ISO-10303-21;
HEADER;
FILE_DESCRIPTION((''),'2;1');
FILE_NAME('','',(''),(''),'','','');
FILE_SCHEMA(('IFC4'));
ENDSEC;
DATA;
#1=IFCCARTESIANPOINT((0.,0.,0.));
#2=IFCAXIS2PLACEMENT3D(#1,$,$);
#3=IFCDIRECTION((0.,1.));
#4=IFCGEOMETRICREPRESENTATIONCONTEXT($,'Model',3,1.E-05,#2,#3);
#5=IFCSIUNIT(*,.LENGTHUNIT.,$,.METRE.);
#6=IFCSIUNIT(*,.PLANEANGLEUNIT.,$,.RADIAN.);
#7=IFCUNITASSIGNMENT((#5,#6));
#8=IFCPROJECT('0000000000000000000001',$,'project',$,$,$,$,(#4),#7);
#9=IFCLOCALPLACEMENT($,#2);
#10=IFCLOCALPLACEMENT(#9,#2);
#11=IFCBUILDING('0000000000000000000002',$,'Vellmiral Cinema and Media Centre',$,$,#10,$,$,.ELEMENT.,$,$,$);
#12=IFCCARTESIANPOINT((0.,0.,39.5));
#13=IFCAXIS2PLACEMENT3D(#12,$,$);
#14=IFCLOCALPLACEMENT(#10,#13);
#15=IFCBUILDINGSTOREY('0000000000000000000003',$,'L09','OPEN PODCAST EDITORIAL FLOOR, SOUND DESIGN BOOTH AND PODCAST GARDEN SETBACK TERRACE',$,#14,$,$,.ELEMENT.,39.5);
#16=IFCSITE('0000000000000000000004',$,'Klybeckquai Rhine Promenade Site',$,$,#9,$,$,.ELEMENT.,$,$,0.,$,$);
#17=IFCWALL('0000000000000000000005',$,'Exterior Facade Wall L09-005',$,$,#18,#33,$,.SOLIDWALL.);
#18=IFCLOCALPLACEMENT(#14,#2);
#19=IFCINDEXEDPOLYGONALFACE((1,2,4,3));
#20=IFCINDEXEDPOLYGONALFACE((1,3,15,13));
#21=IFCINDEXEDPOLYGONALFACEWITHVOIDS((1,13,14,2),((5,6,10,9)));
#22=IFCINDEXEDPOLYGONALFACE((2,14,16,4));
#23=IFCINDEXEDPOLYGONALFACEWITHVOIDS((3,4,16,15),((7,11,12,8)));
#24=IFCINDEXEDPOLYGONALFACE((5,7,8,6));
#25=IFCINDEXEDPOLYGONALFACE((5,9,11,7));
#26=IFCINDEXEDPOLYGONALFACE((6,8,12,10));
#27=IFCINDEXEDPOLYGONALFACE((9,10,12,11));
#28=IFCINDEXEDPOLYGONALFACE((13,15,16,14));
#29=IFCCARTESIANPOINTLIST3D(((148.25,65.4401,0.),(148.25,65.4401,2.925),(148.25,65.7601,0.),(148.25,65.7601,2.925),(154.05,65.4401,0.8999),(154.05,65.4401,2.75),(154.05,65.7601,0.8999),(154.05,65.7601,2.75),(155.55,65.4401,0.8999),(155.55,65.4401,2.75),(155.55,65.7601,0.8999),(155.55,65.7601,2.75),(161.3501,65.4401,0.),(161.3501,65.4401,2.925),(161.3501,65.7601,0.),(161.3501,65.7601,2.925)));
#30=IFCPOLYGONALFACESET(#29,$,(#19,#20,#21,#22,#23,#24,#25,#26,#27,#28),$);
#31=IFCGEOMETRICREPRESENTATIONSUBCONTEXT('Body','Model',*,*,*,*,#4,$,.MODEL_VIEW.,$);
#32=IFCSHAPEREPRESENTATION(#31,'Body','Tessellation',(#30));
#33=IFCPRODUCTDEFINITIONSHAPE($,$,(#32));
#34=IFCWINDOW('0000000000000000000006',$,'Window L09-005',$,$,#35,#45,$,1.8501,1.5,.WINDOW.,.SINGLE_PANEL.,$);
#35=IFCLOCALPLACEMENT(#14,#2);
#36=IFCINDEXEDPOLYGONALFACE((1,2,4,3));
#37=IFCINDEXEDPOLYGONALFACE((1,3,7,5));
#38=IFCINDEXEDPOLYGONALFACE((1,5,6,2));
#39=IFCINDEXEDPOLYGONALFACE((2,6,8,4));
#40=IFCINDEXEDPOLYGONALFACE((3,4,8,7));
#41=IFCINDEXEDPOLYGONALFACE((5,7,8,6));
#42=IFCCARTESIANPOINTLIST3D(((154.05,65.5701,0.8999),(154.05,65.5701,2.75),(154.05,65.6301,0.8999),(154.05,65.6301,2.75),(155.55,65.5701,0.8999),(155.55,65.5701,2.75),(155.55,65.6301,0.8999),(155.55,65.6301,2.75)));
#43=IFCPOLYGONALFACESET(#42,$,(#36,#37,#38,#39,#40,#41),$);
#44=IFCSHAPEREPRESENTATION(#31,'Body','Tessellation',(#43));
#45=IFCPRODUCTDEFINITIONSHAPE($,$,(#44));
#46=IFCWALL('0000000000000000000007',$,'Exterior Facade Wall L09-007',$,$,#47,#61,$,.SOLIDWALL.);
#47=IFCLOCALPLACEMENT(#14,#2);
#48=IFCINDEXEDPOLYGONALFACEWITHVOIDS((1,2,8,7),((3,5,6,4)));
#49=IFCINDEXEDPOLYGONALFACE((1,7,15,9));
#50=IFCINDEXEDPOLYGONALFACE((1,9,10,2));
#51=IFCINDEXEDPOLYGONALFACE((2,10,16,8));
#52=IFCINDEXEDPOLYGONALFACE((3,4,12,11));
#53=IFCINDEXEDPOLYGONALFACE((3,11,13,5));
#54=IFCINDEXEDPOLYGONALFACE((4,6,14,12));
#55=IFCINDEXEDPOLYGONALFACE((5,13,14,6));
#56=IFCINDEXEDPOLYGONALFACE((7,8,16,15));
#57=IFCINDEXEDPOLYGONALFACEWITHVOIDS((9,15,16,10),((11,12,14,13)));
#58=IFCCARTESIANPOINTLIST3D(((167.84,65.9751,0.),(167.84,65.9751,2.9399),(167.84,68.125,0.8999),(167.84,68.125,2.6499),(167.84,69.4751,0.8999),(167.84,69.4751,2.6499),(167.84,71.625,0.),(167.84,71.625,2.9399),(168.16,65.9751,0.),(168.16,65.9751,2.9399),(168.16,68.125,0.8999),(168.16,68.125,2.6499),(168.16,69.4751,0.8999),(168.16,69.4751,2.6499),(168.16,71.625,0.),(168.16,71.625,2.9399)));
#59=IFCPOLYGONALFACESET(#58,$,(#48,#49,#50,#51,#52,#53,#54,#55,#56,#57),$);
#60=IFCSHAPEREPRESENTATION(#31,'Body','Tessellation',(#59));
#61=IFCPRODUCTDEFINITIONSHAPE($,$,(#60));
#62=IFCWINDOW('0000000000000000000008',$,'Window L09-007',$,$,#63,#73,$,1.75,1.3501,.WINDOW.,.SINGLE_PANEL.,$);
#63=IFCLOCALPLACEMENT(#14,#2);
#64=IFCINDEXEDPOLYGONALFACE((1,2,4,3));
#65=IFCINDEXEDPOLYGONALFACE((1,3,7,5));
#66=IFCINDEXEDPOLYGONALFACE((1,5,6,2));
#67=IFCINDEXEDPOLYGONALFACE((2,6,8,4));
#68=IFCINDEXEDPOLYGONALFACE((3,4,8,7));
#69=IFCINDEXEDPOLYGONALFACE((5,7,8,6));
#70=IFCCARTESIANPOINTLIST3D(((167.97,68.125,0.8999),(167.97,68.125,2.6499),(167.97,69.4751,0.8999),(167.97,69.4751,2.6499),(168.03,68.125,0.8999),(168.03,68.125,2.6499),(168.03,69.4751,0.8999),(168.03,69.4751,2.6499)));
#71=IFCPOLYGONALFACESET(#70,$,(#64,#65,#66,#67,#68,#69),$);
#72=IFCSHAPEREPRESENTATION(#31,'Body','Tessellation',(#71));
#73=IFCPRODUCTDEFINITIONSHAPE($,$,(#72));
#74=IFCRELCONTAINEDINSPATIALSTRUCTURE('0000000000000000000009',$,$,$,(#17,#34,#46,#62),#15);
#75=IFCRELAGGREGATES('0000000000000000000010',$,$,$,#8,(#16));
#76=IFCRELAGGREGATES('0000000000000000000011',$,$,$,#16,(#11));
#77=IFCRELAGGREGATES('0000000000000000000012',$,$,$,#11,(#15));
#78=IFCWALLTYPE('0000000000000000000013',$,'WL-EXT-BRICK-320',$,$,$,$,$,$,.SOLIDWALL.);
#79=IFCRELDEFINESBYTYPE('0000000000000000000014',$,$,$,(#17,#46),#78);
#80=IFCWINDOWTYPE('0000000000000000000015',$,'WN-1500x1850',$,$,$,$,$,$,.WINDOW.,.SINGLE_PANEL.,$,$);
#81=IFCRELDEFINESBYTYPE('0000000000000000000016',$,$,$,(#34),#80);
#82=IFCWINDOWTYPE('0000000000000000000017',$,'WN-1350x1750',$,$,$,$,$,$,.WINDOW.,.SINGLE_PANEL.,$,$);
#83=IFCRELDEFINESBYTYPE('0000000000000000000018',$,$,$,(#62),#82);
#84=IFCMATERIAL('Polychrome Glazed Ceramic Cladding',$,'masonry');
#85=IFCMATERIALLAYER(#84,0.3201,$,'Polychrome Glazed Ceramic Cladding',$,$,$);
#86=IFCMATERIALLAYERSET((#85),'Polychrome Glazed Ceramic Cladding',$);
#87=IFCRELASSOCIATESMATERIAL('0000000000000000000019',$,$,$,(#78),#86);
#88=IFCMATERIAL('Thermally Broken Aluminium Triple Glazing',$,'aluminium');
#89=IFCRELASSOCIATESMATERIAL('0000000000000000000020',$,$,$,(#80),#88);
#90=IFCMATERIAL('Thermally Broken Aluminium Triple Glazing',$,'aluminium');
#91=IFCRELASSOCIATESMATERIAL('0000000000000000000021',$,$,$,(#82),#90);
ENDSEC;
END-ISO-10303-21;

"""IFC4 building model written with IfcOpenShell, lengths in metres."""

from ifc_helpers import new_model, si_unit, direction, frame, frame_2d, origin, place, context, subcontext, project, spatial, rectangle, extrude, material, layer, layer_set, type_object, element, fill, save


model = new_model("IFC4")

# Units and contexts
model_context = context("Model", 3, precision=1e-05, world=origin(), true_north=direction((0.0, 1.0)))
body_context = subcontext(model_context, "Body", "Model", "MODEL_VIEW")
ifc_project = project(units=[si_unit("LENGTHUNIT", "METRE"), si_unit("PLANEANGLEUNIT", "RADIAN")], contexts=[model_context])

# Site, building, storey
site_placement = place(None, origin())
site = spatial("IfcSite", under=ifc_project, at=site_placement, Name="Klybeckquai Rhine Promenade Site", CompositionType="ELEMENT", RefElevation=0.0)
building_placement = place(site_placement, origin())
building = spatial("IfcBuilding", under=site, at=building_placement, Name="Vellmiral Cinema and Media Centre", CompositionType="ELEMENT")
storey_placement = place(building_placement, frame((0.0, 0.0, 39.5)))
storey = spatial("IfcBuildingStorey", under=building, at=storey_placement, Name="L09", Description="OPEN PODCAST EDITORIAL FLOOR, SOUND DESIGN BOOTH AND PODCAST GARDEN SETBACK TERRACE", CompositionType="ELEMENT", Elevation=39.5)

# Walls, openings, windows
ifc_material_1 = material(Name="Polychrome Glazed Ceramic Cladding", Category="masonry")
ifc_layer_1 = layer(ifc_material_1, 0.3201, Name="Polychrome Glazed Ceramic Cladding")
ifc_layer_set_1 = layer_set([ifc_layer_1], Name="Polychrome Glazed Ceramic Cladding")
wall_type_1 = type_object("IfcWallType", Name="WL-EXT-BRICK-320", PredefinedType="SOLIDWALL", material=ifc_layer_set_1)
wall_1_placement = place(storey_placement, frame((148.25, 65.6001, 0.0), z_axis=(0.0, 0.0, 1.0), x_axis=(1.0, 0.0, 0.0)))
wall_1 = element("IfcWall", 1, at=wall_1_placement, inside=storey, type_object=wall_type_1, Name="Exterior Facade Wall L09-005", PredefinedType="SOLIDWALL", context=body_context, shape_type="SweptSolid", body=[
    extrude(rectangle(XDim=13.1001, YDim=0.3201, at=frame_2d((6.55, 0.0))), origin(), (0.0, 0.0, 1.0), 2.925),
])
opening_1_placement = place(wall_1_placement, frame((5.8, 0.0, 0.8999)))
opening_1 = element("IfcOpeningElement", 2, at=opening_1_placement, cuts=wall_1, PredefinedType="OPENING", context=body_context, shape_type="SweptSolid", body=[
    extrude(rectangle(XDim=1.5, YDim=1.8501, at=frame_2d((0.75, 0.925))), frame((0.0, 0.1719, 0.0), z_axis=(0.0, -1.0, 0.0), x_axis=(1.0, 0.0, 0.0)), (0.0, 0.0, 1.0), 0.344),
])
ifc_material_2 = material(Name="Thermally Broken Aluminium Triple Glazing", Category="aluminium")
window_type_1 = type_object("IfcWindowType", Name="WN-1500x1850", PartitioningType="SINGLE_PANEL", PredefinedType="WINDOW", material=ifc_material_2)
window_1_placement = place(opening_1_placement, origin())
window_1 = element("IfcWindow", 3, at=window_1_placement, inside=storey, type_object=window_type_1, Name="Window L09-005", OverallHeight=1.8501, OverallWidth=1.5, PartitioningType="SINGLE_PANEL", PredefinedType="WINDOW", context=body_context, shape_type="SweptSolid", body=[
    extrude(rectangle(XDim=1.5, YDim=1.8501, at=frame_2d((0.75, 0.925))), frame((0.0, 0.03, 0.0), z_axis=(0.0, -1.0, 0.0), x_axis=(1.0, 0.0, 0.0)), (0.0, 0.0, 1.0), 0.0601),
])
fill(opening_1, window_1)
wall_2_placement = place(storey_placement, frame((168.0, 65.9751, 0.0), z_axis=(0.0, 0.0, 1.0), x_axis=(0.0, 1.0, 0.0)))
wall_2 = element("IfcWall", 4, at=wall_2_placement, inside=storey, type_object=wall_type_1, Name="Exterior Facade Wall L09-007", PredefinedType="SOLIDWALL", context=body_context, shape_type="SweptSolid", body=[
    extrude(rectangle(XDim=5.6499, YDim=0.3201, at=frame_2d((2.825, 0.0))), origin(), (0.0, 0.0, 1.0), 2.9399),
])
opening_2_placement = place(wall_2_placement, frame((2.1499, 0.0, 0.8999)))
opening_2 = element("IfcOpeningElement", 5, at=opening_2_placement, cuts=wall_2, PredefinedType="OPENING", context=body_context, shape_type="SweptSolid", body=[
    extrude(rectangle(XDim=1.3501, YDim=1.75, at=frame_2d((0.675, 0.875))), frame((0.0, 0.1719, 0.0), z_axis=(0.0, -1.0, 0.0), x_axis=(1.0, 0.0, 0.0)), (0.0, 0.0, 1.0), 0.344),
])
ifc_material_3 = material(Name="Thermally Broken Aluminium Triple Glazing", Category="aluminium")
window_type_2 = type_object("IfcWindowType", Name="WN-1350x1750", PartitioningType="SINGLE_PANEL", PredefinedType="WINDOW", material=ifc_material_3)
window_2_placement = place(opening_2_placement, origin())
window_2 = element("IfcWindow", 6, at=window_2_placement, inside=storey, type_object=window_type_2, Name="Window L09-007", OverallHeight=1.75, OverallWidth=1.3501, PartitioningType="SINGLE_PANEL", PredefinedType="WINDOW", context=body_context, shape_type="SweptSolid", body=[
    extrude(rectangle(XDim=1.3501, YDim=1.75, at=frame_2d((0.675, 0.875))), frame((0.0, 0.03, 0.0), z_axis=(0.0, -1.0, 0.0), x_axis=(1.0, 0.0, 0.0)), (0.0, 0.0, 1.0), 0.0601),
])
fill(opening_2, window_2)

save(model, "model.ifc")
